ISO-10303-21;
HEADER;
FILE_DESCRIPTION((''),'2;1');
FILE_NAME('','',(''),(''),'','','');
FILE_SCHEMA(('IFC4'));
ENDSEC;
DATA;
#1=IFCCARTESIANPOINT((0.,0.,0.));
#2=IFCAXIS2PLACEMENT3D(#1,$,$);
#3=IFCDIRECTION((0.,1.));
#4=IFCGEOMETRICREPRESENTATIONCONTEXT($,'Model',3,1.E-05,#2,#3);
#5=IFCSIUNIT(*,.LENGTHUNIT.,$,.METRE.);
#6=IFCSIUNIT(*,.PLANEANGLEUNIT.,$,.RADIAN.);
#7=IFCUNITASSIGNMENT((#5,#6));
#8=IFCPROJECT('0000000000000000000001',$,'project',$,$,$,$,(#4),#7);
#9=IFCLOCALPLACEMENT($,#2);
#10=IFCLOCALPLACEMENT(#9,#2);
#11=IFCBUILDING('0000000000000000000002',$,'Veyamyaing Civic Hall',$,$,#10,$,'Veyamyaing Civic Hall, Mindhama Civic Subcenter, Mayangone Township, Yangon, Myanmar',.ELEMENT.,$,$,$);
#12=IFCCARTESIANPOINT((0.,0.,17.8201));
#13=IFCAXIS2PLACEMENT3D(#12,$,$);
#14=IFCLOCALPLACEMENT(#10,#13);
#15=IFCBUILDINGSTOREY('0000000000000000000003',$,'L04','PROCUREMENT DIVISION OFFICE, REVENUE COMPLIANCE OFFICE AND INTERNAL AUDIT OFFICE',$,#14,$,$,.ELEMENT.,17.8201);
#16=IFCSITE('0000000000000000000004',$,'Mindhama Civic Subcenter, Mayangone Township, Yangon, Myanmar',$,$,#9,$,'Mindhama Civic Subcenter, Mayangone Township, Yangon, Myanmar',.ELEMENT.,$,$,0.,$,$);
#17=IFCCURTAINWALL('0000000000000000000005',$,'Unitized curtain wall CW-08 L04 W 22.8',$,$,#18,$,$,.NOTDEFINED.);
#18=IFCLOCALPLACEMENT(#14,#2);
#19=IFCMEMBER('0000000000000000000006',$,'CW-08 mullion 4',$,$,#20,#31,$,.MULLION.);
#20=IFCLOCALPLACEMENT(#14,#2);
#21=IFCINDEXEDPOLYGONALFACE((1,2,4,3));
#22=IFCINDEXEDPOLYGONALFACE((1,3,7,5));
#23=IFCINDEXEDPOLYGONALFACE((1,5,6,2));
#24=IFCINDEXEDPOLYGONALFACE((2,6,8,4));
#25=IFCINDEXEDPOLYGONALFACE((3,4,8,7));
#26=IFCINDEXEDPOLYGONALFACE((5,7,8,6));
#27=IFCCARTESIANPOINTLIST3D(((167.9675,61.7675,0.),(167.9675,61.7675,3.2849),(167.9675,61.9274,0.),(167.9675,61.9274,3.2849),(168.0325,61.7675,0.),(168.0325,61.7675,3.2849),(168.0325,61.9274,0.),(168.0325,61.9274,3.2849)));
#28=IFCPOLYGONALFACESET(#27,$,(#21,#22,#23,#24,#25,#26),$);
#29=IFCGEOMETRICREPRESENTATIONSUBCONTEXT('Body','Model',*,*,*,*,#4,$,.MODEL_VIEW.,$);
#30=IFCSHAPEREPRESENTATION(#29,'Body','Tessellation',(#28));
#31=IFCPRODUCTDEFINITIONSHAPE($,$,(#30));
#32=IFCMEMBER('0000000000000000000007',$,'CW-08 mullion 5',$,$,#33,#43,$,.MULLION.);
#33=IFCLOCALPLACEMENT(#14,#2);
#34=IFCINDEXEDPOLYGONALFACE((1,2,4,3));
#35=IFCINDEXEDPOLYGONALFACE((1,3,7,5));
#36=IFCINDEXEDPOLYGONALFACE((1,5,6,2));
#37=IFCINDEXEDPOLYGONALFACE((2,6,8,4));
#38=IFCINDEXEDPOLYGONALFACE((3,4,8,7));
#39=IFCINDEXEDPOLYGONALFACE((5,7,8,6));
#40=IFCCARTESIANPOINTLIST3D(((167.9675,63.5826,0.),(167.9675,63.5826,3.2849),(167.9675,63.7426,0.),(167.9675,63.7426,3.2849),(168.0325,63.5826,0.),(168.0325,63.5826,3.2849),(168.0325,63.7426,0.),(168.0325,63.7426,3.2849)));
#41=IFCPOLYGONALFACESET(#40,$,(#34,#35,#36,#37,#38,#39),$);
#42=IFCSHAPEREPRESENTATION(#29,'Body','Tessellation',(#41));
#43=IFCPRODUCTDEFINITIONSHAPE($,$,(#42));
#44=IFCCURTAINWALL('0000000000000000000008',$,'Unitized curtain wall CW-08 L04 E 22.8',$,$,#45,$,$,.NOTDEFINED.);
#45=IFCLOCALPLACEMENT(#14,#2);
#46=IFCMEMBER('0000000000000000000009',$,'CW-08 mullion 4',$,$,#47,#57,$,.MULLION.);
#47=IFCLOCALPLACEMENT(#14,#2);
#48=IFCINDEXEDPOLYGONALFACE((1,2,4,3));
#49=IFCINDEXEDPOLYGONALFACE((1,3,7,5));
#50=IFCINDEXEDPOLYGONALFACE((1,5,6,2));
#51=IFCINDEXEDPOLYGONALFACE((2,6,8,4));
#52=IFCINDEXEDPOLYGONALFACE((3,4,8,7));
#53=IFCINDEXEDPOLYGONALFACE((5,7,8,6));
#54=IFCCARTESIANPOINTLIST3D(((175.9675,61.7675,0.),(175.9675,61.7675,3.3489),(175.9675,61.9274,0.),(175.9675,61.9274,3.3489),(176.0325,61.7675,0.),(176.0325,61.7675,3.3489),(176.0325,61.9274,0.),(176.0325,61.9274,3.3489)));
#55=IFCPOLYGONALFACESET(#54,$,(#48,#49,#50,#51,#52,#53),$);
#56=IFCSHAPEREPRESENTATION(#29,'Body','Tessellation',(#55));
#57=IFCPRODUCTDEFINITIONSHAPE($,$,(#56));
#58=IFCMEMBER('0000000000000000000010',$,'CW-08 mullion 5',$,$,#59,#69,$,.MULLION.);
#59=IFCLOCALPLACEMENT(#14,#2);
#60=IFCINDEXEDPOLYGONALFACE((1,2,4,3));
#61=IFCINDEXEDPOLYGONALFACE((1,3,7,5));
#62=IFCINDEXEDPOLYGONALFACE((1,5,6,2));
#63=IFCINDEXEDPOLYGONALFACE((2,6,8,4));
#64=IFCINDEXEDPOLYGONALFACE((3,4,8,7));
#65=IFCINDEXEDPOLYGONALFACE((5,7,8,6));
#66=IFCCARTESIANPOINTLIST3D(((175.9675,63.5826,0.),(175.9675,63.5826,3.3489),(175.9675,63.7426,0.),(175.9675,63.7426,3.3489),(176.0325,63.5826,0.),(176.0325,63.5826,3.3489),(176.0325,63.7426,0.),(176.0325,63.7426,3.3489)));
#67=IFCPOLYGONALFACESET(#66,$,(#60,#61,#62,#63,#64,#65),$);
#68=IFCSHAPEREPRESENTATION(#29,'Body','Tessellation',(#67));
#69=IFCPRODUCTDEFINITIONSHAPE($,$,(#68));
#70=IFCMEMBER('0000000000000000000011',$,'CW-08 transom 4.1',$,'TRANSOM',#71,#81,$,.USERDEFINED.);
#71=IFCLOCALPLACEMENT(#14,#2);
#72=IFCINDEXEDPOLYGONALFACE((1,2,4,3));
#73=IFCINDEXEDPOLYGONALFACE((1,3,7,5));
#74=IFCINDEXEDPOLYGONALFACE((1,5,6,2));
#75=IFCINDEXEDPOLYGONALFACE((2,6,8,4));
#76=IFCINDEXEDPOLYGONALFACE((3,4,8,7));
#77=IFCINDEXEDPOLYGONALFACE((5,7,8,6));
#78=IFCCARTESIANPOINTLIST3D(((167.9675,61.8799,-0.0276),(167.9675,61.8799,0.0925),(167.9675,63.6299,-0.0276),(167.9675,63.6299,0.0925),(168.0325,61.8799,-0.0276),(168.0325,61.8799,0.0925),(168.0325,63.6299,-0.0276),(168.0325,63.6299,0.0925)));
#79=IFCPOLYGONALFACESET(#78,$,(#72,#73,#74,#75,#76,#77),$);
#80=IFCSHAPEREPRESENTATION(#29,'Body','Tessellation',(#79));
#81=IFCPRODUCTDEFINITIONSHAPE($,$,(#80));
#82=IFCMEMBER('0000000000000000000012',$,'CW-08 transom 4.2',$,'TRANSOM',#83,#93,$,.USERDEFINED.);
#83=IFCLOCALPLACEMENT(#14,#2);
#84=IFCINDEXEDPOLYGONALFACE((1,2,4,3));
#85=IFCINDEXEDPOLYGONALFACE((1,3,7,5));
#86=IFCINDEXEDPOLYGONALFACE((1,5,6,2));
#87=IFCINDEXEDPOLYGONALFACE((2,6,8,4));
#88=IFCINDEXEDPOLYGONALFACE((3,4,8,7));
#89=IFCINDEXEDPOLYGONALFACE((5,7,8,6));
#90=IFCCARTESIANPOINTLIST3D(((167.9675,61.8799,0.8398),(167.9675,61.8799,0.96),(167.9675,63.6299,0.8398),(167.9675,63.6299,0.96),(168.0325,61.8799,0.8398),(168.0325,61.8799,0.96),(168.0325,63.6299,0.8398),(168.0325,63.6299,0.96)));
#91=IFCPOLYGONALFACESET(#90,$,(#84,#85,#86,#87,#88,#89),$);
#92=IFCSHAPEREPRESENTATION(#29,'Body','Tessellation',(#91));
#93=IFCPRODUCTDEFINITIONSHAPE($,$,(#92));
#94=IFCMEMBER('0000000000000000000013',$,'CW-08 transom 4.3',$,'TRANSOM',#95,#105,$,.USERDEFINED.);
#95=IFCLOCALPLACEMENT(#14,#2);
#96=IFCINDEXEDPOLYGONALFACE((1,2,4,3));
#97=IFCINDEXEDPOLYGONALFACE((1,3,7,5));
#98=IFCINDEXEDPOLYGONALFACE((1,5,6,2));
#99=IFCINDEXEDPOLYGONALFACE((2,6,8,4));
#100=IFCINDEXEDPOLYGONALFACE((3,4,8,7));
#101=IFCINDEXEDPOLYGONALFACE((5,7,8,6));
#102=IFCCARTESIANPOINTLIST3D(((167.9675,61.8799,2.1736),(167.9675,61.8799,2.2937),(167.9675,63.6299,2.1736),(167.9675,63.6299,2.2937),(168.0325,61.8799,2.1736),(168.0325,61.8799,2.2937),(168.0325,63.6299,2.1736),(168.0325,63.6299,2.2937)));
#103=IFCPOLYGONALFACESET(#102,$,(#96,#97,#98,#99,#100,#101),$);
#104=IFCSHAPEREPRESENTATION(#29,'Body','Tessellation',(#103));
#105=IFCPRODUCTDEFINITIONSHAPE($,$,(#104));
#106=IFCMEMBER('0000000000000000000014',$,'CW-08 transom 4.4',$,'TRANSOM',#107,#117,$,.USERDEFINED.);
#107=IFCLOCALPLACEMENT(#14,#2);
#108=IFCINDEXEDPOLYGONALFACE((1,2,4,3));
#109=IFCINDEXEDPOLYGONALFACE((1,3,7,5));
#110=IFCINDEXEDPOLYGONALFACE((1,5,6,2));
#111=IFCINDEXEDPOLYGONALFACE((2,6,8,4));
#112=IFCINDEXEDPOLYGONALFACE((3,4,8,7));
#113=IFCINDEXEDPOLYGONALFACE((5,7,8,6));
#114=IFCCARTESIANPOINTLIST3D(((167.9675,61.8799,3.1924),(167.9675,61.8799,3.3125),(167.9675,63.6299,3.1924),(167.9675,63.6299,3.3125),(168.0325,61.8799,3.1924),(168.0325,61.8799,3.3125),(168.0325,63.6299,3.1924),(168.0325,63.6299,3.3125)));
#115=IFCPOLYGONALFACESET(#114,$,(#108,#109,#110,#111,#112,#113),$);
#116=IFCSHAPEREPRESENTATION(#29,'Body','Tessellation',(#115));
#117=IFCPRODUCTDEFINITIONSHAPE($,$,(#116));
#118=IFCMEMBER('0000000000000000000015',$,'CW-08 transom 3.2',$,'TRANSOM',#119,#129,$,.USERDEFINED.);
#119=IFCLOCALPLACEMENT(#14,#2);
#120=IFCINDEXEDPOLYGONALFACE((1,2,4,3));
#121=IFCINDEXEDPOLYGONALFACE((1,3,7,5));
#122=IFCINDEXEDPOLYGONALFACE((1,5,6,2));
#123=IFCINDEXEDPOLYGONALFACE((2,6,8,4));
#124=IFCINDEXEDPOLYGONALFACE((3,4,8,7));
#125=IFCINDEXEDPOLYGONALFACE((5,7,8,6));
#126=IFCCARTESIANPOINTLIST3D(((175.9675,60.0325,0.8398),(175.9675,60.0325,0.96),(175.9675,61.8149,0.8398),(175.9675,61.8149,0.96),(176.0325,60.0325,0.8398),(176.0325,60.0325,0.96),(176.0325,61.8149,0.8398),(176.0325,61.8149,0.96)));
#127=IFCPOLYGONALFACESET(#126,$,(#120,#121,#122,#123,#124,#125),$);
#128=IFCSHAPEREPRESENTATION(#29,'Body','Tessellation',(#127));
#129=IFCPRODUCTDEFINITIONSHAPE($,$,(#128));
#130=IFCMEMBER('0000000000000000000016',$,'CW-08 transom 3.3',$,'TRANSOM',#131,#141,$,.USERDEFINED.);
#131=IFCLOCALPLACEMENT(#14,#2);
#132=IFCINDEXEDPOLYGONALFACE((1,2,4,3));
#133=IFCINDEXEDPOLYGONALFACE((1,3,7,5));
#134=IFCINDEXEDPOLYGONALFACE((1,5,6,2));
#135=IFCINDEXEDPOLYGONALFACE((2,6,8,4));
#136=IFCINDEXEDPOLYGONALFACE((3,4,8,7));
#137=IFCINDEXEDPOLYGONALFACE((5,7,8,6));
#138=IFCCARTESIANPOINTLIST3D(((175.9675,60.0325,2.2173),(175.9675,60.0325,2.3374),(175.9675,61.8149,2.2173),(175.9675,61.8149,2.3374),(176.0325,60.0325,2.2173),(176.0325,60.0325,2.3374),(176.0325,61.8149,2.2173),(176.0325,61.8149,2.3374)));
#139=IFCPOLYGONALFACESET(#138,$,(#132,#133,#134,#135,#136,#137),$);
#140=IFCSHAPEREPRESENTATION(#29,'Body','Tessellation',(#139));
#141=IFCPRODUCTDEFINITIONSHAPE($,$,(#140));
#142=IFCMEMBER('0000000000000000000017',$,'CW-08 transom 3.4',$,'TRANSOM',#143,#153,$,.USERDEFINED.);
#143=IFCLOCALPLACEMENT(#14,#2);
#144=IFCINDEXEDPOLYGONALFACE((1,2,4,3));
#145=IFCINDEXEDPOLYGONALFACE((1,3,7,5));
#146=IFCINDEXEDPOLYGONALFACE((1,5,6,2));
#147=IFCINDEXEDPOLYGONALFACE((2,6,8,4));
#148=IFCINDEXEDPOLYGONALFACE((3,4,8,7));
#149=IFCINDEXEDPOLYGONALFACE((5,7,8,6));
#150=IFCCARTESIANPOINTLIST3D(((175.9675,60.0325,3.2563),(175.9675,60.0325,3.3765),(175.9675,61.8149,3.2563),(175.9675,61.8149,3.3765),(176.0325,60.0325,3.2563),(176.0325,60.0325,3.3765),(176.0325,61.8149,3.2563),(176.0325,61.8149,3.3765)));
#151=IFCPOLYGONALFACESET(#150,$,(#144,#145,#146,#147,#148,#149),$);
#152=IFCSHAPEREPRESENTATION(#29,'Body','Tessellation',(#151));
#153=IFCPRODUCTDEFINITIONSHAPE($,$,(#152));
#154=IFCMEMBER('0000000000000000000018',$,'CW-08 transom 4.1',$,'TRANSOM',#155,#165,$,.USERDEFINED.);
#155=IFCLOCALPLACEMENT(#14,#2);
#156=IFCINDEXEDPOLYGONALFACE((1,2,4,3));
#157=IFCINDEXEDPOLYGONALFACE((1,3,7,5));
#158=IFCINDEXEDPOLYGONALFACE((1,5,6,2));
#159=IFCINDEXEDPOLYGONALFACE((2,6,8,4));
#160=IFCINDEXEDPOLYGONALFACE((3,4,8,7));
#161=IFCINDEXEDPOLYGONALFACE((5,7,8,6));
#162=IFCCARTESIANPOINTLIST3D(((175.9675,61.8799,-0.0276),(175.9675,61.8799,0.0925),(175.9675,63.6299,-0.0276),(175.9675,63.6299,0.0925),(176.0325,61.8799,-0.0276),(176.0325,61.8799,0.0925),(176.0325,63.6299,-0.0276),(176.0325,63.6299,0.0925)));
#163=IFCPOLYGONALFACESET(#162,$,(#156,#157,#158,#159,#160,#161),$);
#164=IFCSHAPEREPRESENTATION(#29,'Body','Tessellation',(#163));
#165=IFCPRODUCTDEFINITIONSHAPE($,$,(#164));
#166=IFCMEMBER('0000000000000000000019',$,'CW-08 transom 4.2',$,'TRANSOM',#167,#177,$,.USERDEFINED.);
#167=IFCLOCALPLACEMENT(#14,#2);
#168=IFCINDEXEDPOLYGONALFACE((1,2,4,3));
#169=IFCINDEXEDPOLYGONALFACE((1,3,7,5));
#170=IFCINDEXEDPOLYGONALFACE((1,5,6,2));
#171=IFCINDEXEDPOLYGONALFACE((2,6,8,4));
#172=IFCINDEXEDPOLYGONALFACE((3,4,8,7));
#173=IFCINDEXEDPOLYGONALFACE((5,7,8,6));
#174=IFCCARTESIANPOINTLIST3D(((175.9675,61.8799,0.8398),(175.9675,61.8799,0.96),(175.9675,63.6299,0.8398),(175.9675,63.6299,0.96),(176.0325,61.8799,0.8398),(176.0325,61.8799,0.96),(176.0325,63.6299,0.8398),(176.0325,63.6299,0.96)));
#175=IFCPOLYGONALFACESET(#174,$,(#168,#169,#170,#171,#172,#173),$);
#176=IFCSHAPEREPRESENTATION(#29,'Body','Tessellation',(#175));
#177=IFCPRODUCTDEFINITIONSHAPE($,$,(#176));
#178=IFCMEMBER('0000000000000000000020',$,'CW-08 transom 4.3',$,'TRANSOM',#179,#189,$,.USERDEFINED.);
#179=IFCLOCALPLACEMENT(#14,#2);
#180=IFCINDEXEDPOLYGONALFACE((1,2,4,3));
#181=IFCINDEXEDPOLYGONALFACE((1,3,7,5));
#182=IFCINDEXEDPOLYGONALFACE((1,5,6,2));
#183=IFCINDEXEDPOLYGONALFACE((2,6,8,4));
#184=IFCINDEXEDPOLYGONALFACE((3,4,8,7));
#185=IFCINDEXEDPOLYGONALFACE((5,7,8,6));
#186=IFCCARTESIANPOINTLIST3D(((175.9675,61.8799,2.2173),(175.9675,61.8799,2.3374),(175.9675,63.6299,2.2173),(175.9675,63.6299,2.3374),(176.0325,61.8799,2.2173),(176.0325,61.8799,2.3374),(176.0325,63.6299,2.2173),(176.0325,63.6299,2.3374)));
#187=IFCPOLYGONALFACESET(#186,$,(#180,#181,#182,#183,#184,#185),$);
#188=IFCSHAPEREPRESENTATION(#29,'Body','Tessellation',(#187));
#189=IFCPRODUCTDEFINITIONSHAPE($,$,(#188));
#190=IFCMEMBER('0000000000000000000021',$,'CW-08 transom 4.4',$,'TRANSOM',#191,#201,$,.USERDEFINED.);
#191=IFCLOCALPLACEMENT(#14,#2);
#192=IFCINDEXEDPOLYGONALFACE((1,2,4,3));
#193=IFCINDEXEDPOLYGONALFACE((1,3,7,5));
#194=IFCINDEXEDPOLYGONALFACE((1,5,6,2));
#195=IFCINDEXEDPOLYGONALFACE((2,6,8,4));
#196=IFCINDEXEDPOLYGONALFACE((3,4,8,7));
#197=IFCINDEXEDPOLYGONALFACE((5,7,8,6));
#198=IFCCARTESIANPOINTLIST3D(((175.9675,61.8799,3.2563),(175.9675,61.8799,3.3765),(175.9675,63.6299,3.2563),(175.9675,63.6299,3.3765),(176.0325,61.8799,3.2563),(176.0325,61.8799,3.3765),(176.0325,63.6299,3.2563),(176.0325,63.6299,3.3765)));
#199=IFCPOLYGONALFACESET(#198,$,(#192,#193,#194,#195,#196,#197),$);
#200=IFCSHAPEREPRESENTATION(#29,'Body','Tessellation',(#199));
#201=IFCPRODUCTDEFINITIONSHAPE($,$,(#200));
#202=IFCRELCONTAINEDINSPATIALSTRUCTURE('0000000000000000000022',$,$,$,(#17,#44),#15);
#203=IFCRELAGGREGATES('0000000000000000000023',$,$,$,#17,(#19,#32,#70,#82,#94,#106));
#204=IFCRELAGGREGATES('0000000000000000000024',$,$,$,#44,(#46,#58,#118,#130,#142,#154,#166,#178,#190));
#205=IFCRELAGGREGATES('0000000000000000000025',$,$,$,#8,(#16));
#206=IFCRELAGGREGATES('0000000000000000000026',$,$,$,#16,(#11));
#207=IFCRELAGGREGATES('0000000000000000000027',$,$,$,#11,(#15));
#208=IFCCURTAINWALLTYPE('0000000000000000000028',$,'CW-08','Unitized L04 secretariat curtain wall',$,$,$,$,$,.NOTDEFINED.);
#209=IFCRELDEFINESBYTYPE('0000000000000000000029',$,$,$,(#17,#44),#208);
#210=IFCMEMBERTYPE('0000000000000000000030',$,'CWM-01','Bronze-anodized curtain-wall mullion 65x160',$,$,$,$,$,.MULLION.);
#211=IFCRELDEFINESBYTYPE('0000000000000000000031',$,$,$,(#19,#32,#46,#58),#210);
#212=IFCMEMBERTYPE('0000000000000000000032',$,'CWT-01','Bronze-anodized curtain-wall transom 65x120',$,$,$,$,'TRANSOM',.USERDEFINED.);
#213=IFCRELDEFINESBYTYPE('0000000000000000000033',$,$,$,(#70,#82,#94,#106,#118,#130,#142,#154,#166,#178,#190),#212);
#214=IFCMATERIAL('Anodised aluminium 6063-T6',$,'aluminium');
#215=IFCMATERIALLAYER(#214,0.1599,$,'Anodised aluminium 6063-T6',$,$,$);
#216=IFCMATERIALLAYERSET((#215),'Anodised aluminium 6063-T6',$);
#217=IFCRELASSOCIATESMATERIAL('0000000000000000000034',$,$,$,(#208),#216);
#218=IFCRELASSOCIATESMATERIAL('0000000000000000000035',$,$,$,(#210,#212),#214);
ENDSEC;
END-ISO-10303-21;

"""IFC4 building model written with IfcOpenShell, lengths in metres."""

from ifc_helpers import new_model, si_unit, direction, frame, origin, origin_2d, place, context, subcontext, project, spatial, rectangle, extrude, material, layer, layer_set, material_profile, profile_set, type_object, element, aggregate, save


model = new_model("IFC4")

# Units and contexts
model_context = context("Model", 3, precision=1e-05, world=origin(), true_north=direction((0.0, 1.0)))
body_context = subcontext(model_context, "Body", "Model", "MODEL_VIEW")
ifc_project = project(units=[si_unit("LENGTHUNIT", "METRE"), si_unit("PLANEANGLEUNIT", "RADIAN")], contexts=[model_context])

# Site, building, storey
site_placement = place(None, origin())
site = spatial("IfcSite", under=ifc_project, at=site_placement, Name="Mindhama Civic Subcenter, Mayangone Township, Yangon, Myanmar", LongName="Mindhama Civic Subcenter, Mayangone Township, Yangon, Myanmar", CompositionType="ELEMENT", RefElevation=0.0)
building_placement = place(site_placement, origin())
building = spatial("IfcBuilding", under=site, at=building_placement, Name="Veyamyaing Civic Hall", LongName="Veyamyaing Civic Hall, Mindhama Civic Subcenter, Mayangone Township, Yangon, Myanmar", CompositionType="ELEMENT")
storey_placement = place(building_placement, frame((0.0, 0.0, 17.8201)))
storey = spatial("IfcBuildingStorey", under=building, at=storey_placement, Name="L04", Description="PROCUREMENT DIVISION OFFICE, REVENUE COMPLIANCE OFFICE AND INTERNAL AUDIT OFFICE", CompositionType="ELEMENT", Elevation=17.8201)

# Curtain walls, members
ifc_material_1 = material(Name="Anodised aluminium 6063-T6", Category="aluminium")
ifc_layer_1 = layer(ifc_material_1, 0.1599, Name="Anodised aluminium 6063-T6")
ifc_layer_set_1 = layer_set([ifc_layer_1], Name="Anodised aluminium 6063-T6")
curtain_wall_type = type_object("IfcCurtainWallType", Name="CW-08", Description="Unitized L04 secretariat curtain wall", PredefinedType="NOTDEFINED", material=ifc_layer_set_1)
curtain_wall_1_placement = place(storey_placement, origin())
curtain_wall_1 = element("IfcCurtainWall", 1, at=curtain_wall_1_placement, inside=storey, type_object=curtain_wall_type, Name="Unitized curtain wall CW-08 L04 W 22.8", PredefinedType="NOTDEFINED")
ifc_material_profile_1 = material_profile(ifc_material_1, rectangle(XDim=0.0649, YDim=0.1599, at=origin_2d()), Name="ALU-MUL-65X160")
ifc_profile_set_1 = profile_set([ifc_material_profile_1], Name="Anodised aluminium 6063-T6")
member_type_1 = type_object("IfcMemberType", Name="CWM-01", Description="Bronze-anodized curtain-wall mullion 65x160", PredefinedType="MULLION", material=ifc_profile_set_1)
member_1_placement = place(storey_placement, frame((168.0, 61.8474, 0.0), z_axis=(0.0, 0.0, 1.0), x_axis=(-1.0, 0.0, 0.0)))
member_1 = element("IfcMember", 2, at=member_1_placement, type_object=member_type_1, Name="CW-08 mullion 4", PredefinedType="MULLION", context=body_context, shape_type="SweptSolid", body=[
    extrude(rectangle(XDim=0.0649, YDim=0.1599, at=origin_2d()), origin(), (0.0, 0.0, 1.0), 3.2849),
])
member_2_placement = place(storey_placement, frame((168.0, 63.6626, 0.0), z_axis=(0.0, 0.0, 1.0), x_axis=(-1.0, 0.0, 0.0)))
member_2 = element("IfcMember", 3, at=member_2_placement, type_object=member_type_1, Name="CW-08 mullion 5", PredefinedType="MULLION", context=body_context, shape_type="SweptSolid", body=[
    extrude(rectangle(XDim=0.0649, YDim=0.1599, at=origin_2d()), origin(), (0.0, 0.0, 1.0), 3.2849),
])
curtain_wall_2_placement = place(storey_placement, origin())
curtain_wall_2 = element("IfcCurtainWall", 4, at=curtain_wall_2_placement, inside=storey, type_object=curtain_wall_type, Name="Unitized curtain wall CW-08 L04 E 22.8", PredefinedType="NOTDEFINED")
member_3_placement = place(storey_placement, frame((176.0, 61.8474, 0.0), z_axis=(0.0, 0.0, 1.0), x_axis=(-1.0, 0.0, 0.0)))
member_3 = element("IfcMember", 5, at=member_3_placement, type_object=member_type_1, Name="CW-08 mullion 4", PredefinedType="MULLION", context=body_context, shape_type="SweptSolid", body=[
    extrude(rectangle(XDim=0.0649, YDim=0.1599, at=origin_2d()), origin(), (0.0, 0.0, 1.0), 3.3489),
])
member_4_placement = place(storey_placement, frame((176.0, 63.6626, 0.0), z_axis=(0.0, 0.0, 1.0), x_axis=(-1.0, 0.0, 0.0)))
member_4 = element("IfcMember", 6, at=member_4_placement, type_object=member_type_1, Name="CW-08 mullion 5", PredefinedType="MULLION", context=body_context, shape_type="SweptSolid", body=[
    extrude(rectangle(XDim=0.0649, YDim=0.1599, at=origin_2d()), origin(), (0.0, 0.0, 1.0), 3.3489),
])

# Members
ifc_material_profile_2 = material_profile(ifc_material_1, rectangle(XDim=0.0649, YDim=0.1201, at=origin_2d()), Name="ALU-TRN-65X120")
ifc_profile_set_2 = profile_set([ifc_material_profile_2], Name="Anodised aluminium 6063-T6")
member_type_2 = type_object("IfcMemberType", Name="CWT-01", Description="Bronze-anodized curtain-wall transom 65x120", ElementType="TRANSOM", PredefinedType="USERDEFINED", material=ifc_profile_set_2)
member_5_placement = place(storey_placement, frame((168.0, 61.8799, 0.0325), z_axis=(0.0, 1.0, 0.0), x_axis=(-1.0, 0.0, 0.0)))
member_5 = element("IfcMember", 7, at=member_5_placement, type_object=member_type_2, Name="CW-08 transom 4.1", ObjectType="TRANSOM", PredefinedType="USERDEFINED", context=body_context, shape_type="SweptSolid", body=[
    extrude(rectangle(XDim=0.0649, YDim=0.1201, at=origin_2d()), origin(), (0.0, 0.0, 1.0), 1.75),
])
member_6_placement = place(storey_placement, frame((168.0, 61.8799, 0.8999), z_axis=(0.0, 1.0, 0.0), x_axis=(-1.0, 0.0, 0.0)))
member_6 = element("IfcMember", 8, at=member_6_placement, type_object=member_type_2, Name="CW-08 transom 4.2", ObjectType="TRANSOM", PredefinedType="USERDEFINED", context=body_context, shape_type="SweptSolid", body=[
    extrude(rectangle(XDim=0.0649, YDim=0.1201, at=origin_2d()), origin(), (0.0, 0.0, 1.0), 1.75),
])
member_7_placement = place(storey_placement, frame((168.0, 61.8799, 2.2336), z_axis=(0.0, 1.0, 0.0), x_axis=(-1.0, 0.0, 0.0)))
member_7 = element("IfcMember", 9, at=member_7_placement, type_object=member_type_2, Name="CW-08 transom 4.3", ObjectType="TRANSOM", PredefinedType="USERDEFINED", context=body_context, shape_type="SweptSolid", body=[
    extrude(rectangle(XDim=0.0649, YDim=0.1201, at=origin_2d()), origin(), (0.0, 0.0, 1.0), 1.75),
])
member_8_placement = place(storey_placement, frame((168.0, 61.8799, 3.2524), z_axis=(0.0, 1.0, 0.0), x_axis=(-1.0, 0.0, 0.0)))
member_8 = element("IfcMember", 10, at=member_8_placement, type_object=member_type_2, Name="CW-08 transom 4.4", ObjectType="TRANSOM", PredefinedType="USERDEFINED", context=body_context, shape_type="SweptSolid", body=[
    extrude(rectangle(XDim=0.0649, YDim=0.1201, at=origin_2d()), origin(), (0.0, 0.0, 1.0), 1.75),
])
member_9_placement = place(storey_placement, frame((176.0, 60.0325, 0.8999), z_axis=(0.0, 1.0, 0.0), x_axis=(-1.0, 0.0, 0.0)))
member_9 = element("IfcMember", 11, at=member_9_placement, type_object=member_type_2, Name="CW-08 transom 3.2", ObjectType="TRANSOM", PredefinedType="USERDEFINED", context=body_context, shape_type="SweptSolid", body=[
    extrude(rectangle(XDim=0.0649, YDim=0.1201, at=origin_2d()), origin(), (0.0, 0.0, 1.0), 1.7825),
])
member_10_placement = place(storey_placement, frame((176.0, 60.0325, 2.2773), z_axis=(0.0, 1.0, 0.0), x_axis=(-1.0, 0.0, 0.0)))
member_10 = element("IfcMember", 12, at=member_10_placement, type_object=member_type_2, Name="CW-08 transom 3.3", ObjectType="TRANSOM", PredefinedType="USERDEFINED", context=body_context, shape_type="SweptSolid", body=[
    extrude(rectangle(XDim=0.0649, YDim=0.1201, at=origin_2d()), origin(), (0.0, 0.0, 1.0), 1.7825),
])
member_11_placement = place(storey_placement, frame((176.0, 60.0325, 3.3164), z_axis=(0.0, 1.0, 0.0), x_axis=(-1.0, 0.0, 0.0)))
member_11 = element("IfcMember", 13, at=member_11_placement, type_object=member_type_2, Name="CW-08 transom 3.4", ObjectType="TRANSOM", PredefinedType="USERDEFINED", context=body_context, shape_type="SweptSolid", body=[
    extrude(rectangle(XDim=0.0649, YDim=0.1201, at=origin_2d()), origin(), (0.0, 0.0, 1.0), 1.7825),
])
member_12_placement = place(storey_placement, frame((176.0, 61.8799, 0.0325), z_axis=(0.0, 1.0, 0.0), x_axis=(-1.0, 0.0, 0.0)))
member_12 = element("IfcMember", 14, at=member_12_placement, type_object=member_type_2, Name="CW-08 transom 4.1", ObjectType="TRANSOM", PredefinedType="USERDEFINED", context=body_context, shape_type="SweptSolid", body=[
    extrude(rectangle(XDim=0.0649, YDim=0.1201, at=origin_2d()), origin(), (0.0, 0.0, 1.0), 1.75),
])
member_13_placement = place(storey_placement, frame((176.0, 61.8799, 0.8999), z_axis=(0.0, 1.0, 0.0), x_axis=(-1.0, 0.0, 0.0)))
member_13 = element("IfcMember", 15, at=member_13_placement, type_object=member_type_2, Name="CW-08 transom 4.2", ObjectType="TRANSOM", PredefinedType="USERDEFINED", context=body_context, shape_type="SweptSolid", body=[
    extrude(rectangle(XDim=0.0649, YDim=0.1201, at=origin_2d()), origin(), (0.0, 0.0, 1.0), 1.75),
])
member_14_placement = place(storey_placement, frame((176.0, 61.8799, 2.2773), z_axis=(0.0, 1.0, 0.0), x_axis=(-1.0, 0.0, 0.0)))
member_14 = element("IfcMember", 16, at=member_14_placement, type_object=member_type_2, Name="CW-08 transom 4.3", ObjectType="TRANSOM", PredefinedType="USERDEFINED", context=body_context, shape_type="SweptSolid", body=[
    extrude(rectangle(XDim=0.0649, YDim=0.1201, at=origin_2d()), origin(), (0.0, 0.0, 1.0), 1.75),
])
member_15_placement = place(storey_placement, frame((176.0, 61.8799, 3.3164), z_axis=(0.0, 1.0, 0.0), x_axis=(-1.0, 0.0, 0.0)))
member_15 = element("IfcMember", 17, at=member_15_placement, type_object=member_type_2, Name="CW-08 transom 4.4", ObjectType="TRANSOM", PredefinedType="USERDEFINED", context=body_context, shape_type="SweptSolid", body=[
    extrude(rectangle(XDim=0.0649, YDim=0.1201, at=origin_2d()), origin(), (0.0, 0.0, 1.0), 1.75),
])

aggregate(curtain_wall_1, [member_1, member_2, member_5, member_6, member_7, member_8])
aggregate(curtain_wall_2, [member_3, member_4, member_9, member_10, member_11, member_12, member_13, member_14, member_15])

save(model, "model.ifc")
